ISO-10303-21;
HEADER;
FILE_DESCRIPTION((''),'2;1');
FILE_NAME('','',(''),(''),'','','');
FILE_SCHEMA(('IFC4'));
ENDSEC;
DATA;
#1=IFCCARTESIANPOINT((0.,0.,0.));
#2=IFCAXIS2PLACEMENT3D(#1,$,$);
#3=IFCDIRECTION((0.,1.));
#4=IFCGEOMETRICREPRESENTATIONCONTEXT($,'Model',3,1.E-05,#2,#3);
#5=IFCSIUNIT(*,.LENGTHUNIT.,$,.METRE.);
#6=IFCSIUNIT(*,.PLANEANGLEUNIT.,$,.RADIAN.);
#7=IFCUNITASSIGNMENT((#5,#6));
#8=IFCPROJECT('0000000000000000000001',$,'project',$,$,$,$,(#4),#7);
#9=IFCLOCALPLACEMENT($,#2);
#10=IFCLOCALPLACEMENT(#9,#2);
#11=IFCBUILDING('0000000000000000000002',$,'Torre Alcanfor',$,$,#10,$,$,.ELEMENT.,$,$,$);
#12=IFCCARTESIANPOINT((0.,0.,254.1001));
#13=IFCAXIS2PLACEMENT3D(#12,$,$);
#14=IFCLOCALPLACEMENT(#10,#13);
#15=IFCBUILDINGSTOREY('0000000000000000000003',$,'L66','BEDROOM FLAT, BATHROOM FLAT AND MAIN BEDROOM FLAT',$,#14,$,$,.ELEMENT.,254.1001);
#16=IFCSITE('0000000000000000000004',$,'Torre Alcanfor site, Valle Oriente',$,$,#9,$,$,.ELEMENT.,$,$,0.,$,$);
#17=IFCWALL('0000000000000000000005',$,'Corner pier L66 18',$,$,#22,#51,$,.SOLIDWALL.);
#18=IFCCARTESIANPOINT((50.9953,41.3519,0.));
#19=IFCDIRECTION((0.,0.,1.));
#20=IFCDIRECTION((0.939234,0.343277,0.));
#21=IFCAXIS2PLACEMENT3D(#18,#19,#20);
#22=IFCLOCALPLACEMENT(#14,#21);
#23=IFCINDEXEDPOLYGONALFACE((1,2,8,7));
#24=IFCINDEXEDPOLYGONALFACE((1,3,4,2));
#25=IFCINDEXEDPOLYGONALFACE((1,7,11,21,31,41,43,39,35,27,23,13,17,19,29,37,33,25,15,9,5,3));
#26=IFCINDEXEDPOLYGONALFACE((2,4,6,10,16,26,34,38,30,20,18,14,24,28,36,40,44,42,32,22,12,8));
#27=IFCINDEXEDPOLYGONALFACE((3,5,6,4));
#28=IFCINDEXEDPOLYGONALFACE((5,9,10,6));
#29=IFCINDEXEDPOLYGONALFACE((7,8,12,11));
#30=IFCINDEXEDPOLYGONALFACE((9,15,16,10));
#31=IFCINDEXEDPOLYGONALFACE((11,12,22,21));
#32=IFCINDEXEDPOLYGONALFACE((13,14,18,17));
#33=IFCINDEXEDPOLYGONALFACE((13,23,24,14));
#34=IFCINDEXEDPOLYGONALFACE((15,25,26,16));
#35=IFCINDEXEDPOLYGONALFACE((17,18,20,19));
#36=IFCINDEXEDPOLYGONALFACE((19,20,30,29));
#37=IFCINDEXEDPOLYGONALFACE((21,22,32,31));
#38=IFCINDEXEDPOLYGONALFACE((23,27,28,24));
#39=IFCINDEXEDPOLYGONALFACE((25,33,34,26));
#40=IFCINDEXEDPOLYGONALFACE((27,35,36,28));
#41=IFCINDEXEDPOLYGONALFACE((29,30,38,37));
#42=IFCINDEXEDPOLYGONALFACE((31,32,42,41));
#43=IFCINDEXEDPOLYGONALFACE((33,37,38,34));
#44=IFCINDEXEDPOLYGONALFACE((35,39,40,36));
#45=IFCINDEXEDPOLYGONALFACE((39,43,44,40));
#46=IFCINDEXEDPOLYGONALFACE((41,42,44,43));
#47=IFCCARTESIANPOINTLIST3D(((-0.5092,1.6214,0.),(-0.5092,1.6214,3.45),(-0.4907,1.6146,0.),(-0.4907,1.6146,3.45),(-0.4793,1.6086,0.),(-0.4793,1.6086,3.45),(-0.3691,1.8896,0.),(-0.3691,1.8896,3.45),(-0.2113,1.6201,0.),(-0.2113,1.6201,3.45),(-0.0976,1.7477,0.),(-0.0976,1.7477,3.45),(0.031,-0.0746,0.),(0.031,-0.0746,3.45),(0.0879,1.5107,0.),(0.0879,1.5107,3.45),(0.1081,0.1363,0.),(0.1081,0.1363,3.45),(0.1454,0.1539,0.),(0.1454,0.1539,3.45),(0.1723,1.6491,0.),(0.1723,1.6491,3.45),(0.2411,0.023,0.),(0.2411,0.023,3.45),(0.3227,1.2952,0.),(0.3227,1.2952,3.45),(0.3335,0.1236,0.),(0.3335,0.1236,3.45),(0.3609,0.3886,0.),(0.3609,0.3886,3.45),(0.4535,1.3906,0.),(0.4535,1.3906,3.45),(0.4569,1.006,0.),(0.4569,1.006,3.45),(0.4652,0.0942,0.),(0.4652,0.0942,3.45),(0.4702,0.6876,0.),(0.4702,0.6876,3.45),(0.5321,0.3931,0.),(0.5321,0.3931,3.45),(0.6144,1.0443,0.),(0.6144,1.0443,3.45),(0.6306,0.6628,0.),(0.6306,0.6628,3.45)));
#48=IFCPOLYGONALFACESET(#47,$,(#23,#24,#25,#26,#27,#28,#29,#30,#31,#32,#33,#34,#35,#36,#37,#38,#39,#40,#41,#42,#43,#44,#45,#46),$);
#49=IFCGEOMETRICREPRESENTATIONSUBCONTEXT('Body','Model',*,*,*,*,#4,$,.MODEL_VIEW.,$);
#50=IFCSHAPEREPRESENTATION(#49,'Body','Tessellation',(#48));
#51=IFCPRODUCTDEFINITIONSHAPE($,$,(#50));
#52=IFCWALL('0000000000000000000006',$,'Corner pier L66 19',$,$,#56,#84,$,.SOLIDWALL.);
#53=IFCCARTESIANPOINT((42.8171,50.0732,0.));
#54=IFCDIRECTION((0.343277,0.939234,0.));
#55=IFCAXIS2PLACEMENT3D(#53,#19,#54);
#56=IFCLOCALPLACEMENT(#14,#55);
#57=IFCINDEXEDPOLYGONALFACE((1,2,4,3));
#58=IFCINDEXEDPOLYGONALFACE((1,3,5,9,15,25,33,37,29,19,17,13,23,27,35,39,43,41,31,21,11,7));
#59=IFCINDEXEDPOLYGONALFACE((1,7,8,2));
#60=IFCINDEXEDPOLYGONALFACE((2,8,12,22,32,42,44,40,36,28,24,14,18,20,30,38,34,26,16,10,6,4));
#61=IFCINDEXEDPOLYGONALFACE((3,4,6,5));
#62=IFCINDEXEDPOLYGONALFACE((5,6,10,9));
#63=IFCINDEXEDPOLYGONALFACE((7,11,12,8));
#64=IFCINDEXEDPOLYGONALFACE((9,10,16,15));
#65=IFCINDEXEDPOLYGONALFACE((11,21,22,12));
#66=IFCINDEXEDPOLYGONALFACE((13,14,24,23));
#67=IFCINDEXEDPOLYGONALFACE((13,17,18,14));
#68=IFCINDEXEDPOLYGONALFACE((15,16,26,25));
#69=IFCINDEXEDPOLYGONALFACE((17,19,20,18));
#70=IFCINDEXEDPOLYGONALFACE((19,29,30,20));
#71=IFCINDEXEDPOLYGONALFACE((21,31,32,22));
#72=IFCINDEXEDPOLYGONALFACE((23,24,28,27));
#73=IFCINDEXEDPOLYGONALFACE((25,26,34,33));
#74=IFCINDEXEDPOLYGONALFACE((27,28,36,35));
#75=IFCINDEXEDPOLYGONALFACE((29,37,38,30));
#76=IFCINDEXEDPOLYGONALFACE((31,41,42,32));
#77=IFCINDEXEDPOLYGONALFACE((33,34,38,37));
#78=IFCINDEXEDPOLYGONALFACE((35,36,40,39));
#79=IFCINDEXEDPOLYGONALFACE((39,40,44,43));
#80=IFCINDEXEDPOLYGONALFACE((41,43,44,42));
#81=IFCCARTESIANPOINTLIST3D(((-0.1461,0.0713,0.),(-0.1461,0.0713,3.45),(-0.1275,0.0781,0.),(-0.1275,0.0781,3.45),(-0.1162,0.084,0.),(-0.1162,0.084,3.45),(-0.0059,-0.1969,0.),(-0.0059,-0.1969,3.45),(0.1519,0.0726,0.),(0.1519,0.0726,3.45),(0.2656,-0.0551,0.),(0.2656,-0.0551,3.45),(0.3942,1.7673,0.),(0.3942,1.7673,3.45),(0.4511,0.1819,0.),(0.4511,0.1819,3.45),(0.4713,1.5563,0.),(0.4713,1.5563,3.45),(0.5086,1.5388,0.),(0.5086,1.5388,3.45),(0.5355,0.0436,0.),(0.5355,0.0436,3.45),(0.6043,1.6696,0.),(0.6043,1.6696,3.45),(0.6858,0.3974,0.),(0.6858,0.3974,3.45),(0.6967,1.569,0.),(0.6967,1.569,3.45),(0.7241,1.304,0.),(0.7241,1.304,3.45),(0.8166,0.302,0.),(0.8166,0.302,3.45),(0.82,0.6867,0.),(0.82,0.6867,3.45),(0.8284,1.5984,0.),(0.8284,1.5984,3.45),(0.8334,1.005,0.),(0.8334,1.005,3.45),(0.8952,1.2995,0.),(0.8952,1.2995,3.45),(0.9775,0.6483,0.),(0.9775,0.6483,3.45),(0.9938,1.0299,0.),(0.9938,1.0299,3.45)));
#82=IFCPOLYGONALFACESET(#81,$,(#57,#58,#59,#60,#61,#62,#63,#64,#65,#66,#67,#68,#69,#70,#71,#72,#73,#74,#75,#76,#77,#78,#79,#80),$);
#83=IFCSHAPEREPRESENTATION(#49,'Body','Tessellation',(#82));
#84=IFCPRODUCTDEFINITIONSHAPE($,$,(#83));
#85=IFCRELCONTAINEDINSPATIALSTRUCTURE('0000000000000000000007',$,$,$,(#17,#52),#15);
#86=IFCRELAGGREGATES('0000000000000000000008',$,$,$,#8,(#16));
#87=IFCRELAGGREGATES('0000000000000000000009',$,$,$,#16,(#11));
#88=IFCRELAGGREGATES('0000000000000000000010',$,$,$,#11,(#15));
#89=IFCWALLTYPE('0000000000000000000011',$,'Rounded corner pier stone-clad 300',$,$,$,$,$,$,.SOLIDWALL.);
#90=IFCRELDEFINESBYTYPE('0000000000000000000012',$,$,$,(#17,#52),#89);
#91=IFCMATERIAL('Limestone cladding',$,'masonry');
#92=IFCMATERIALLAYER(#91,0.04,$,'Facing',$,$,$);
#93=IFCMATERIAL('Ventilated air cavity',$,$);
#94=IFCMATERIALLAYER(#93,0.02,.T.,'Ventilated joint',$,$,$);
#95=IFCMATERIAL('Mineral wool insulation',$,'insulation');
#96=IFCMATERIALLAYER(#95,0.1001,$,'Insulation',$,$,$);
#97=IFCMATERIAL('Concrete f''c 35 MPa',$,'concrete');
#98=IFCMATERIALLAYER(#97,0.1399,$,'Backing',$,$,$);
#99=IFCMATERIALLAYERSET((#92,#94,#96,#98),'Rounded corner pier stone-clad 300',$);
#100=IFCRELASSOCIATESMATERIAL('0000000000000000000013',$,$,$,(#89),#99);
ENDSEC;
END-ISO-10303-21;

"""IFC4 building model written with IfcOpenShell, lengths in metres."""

from ifc_helpers import new_model, si_unit, direction, frame, origin, place, context, subcontext, project, spatial, polyline, outline, extrude, material, layer, layer_set, type_object, element, save


model = new_model("IFC4")

# Units and contexts
model_context = context("Model", 3, precision=1e-05, world=origin(), true_north=direction((0.0, 1.0)))
body_context = subcontext(model_context, "Body", "Model", "MODEL_VIEW")
ifc_project = project(units=[si_unit("LENGTHUNIT", "METRE"), si_unit("PLANEANGLEUNIT", "RADIAN")], contexts=[model_context])

# Site, building, storey
site_placement = place(None, origin())
site = spatial("IfcSite", under=ifc_project, at=site_placement, Name="Torre Alcanfor site, Valle Oriente", CompositionType="ELEMENT", RefElevation=0.0)
building_placement = place(site_placement, origin())
building = spatial("IfcBuilding", under=site, at=building_placement, Name="Torre Alcanfor", CompositionType="ELEMENT")
storey_placement = place(building_placement, frame((0.0, 0.0, 254.1001)))
storey = spatial("IfcBuildingStorey", under=building, at=storey_placement, Name="L66", Description="BEDROOM FLAT, BATHROOM FLAT AND MAIN BEDROOM FLAT", CompositionType="ELEMENT", Elevation=254.1001)

# Shared definitions
ifc_material_1 = material(Name="Limestone cladding", Category="masonry")
ifc_material_2 = material(Name="Ventilated air cavity")
ifc_material_3 = material(Name="Mineral wool insulation", Category="insulation")
ifc_material_4 = material(Name="Concrete f'c 35 MPa", Category="concrete")

# Walls
ifc_layer_1 = layer(ifc_material_1, 0.04, Name="Facing")
ifc_layer_2 = layer(ifc_material_2, 0.02, ventilated=True, Name="Ventilated joint")
ifc_layer_3 = layer(ifc_material_3, 0.1001, Name="Insulation")
ifc_layer_4 = layer(ifc_material_4, 0.1399, Name="Backing")
ifc_layer_set_1 = layer_set([ifc_layer_1, ifc_layer_2, ifc_layer_3, ifc_layer_4], Name="Rounded corner pier stone-clad 300")
wall_type_1 = type_object("IfcWallType", Name="Rounded corner pier stone-clad 300", PredefinedType="SOLIDWALL", material=ifc_layer_set_1)
wall_1_placement = place(storey_placement, frame((50.9953, 41.3519, 0.0), z_axis=(0.0, 0.0, 1.0), x_axis=(0.939234, 0.343277, 0.0)))
element("IfcWall", 1, at=wall_1_placement, inside=storey, type_object=wall_type_1, Name="Corner pier L66 18", PredefinedType="SOLIDWALL", context=body_context, shape_type="SweptSolid", body=[
    extrude(outline(polyline([(0.5321, 0.3931), (0.6306, 0.6628), (0.6144, 1.0443), (0.4535, 1.3906), (0.1723, 1.6491), (-0.0976, 1.7477), (-0.3691, 1.8896), (-0.5092, 1.6214), (-0.4907, 1.6146), (-0.4793, 1.6086), (-0.2113, 1.6201), (0.0879, 1.5107), (0.3227, 1.2952), (0.4569, 1.006), (0.4702, 0.6876), (0.3609, 0.3886), (0.1454, 0.1539), (0.1081, 0.1363), (0.031, -0.0746), (0.2411, 0.023), (0.3335, 0.1236), (0.4652, 0.0942), (0.5321, 0.3931)])), origin(), (0.0, 0.0, 1.0), 3.45),
])
wall_2_placement = place(storey_placement, frame((42.8171, 50.0732, 0.0), z_axis=(0.0, 0.0, 1.0), x_axis=(0.343277, 0.939234, 0.0)))
element("IfcWall", 2, at=wall_2_placement, inside=storey, type_object=wall_type_1, Name="Corner pier L66 19", PredefinedType="SOLIDWALL", context=body_context, shape_type="SweptSolid", body=[
    extrude(outline(polyline([(0.2656, -0.0551), (0.5355, 0.0436), (0.8166, 0.302), (0.9775, 0.6483), (0.9938, 1.0299), (0.8952, 1.2995), (0.8284, 1.5984), (0.6967, 1.569), (0.6043, 1.6696), (0.3942, 1.7673), (0.4713, 1.5563), (0.5086, 1.5388), (0.7241, 1.304), (0.8334, 1.005), (0.82, 0.6867), (0.6858, 0.3974), (0.4511, 0.1819), (0.1519, 0.0726), (-0.1162, 0.084), (-0.1275, 0.0781), (-0.1461, 0.0713), (-0.0059, -0.1969), (0.2656, -0.0551)])), origin(), (0.0, 0.0, 1.0), 3.45),
])

save(model, "model.ifc")
